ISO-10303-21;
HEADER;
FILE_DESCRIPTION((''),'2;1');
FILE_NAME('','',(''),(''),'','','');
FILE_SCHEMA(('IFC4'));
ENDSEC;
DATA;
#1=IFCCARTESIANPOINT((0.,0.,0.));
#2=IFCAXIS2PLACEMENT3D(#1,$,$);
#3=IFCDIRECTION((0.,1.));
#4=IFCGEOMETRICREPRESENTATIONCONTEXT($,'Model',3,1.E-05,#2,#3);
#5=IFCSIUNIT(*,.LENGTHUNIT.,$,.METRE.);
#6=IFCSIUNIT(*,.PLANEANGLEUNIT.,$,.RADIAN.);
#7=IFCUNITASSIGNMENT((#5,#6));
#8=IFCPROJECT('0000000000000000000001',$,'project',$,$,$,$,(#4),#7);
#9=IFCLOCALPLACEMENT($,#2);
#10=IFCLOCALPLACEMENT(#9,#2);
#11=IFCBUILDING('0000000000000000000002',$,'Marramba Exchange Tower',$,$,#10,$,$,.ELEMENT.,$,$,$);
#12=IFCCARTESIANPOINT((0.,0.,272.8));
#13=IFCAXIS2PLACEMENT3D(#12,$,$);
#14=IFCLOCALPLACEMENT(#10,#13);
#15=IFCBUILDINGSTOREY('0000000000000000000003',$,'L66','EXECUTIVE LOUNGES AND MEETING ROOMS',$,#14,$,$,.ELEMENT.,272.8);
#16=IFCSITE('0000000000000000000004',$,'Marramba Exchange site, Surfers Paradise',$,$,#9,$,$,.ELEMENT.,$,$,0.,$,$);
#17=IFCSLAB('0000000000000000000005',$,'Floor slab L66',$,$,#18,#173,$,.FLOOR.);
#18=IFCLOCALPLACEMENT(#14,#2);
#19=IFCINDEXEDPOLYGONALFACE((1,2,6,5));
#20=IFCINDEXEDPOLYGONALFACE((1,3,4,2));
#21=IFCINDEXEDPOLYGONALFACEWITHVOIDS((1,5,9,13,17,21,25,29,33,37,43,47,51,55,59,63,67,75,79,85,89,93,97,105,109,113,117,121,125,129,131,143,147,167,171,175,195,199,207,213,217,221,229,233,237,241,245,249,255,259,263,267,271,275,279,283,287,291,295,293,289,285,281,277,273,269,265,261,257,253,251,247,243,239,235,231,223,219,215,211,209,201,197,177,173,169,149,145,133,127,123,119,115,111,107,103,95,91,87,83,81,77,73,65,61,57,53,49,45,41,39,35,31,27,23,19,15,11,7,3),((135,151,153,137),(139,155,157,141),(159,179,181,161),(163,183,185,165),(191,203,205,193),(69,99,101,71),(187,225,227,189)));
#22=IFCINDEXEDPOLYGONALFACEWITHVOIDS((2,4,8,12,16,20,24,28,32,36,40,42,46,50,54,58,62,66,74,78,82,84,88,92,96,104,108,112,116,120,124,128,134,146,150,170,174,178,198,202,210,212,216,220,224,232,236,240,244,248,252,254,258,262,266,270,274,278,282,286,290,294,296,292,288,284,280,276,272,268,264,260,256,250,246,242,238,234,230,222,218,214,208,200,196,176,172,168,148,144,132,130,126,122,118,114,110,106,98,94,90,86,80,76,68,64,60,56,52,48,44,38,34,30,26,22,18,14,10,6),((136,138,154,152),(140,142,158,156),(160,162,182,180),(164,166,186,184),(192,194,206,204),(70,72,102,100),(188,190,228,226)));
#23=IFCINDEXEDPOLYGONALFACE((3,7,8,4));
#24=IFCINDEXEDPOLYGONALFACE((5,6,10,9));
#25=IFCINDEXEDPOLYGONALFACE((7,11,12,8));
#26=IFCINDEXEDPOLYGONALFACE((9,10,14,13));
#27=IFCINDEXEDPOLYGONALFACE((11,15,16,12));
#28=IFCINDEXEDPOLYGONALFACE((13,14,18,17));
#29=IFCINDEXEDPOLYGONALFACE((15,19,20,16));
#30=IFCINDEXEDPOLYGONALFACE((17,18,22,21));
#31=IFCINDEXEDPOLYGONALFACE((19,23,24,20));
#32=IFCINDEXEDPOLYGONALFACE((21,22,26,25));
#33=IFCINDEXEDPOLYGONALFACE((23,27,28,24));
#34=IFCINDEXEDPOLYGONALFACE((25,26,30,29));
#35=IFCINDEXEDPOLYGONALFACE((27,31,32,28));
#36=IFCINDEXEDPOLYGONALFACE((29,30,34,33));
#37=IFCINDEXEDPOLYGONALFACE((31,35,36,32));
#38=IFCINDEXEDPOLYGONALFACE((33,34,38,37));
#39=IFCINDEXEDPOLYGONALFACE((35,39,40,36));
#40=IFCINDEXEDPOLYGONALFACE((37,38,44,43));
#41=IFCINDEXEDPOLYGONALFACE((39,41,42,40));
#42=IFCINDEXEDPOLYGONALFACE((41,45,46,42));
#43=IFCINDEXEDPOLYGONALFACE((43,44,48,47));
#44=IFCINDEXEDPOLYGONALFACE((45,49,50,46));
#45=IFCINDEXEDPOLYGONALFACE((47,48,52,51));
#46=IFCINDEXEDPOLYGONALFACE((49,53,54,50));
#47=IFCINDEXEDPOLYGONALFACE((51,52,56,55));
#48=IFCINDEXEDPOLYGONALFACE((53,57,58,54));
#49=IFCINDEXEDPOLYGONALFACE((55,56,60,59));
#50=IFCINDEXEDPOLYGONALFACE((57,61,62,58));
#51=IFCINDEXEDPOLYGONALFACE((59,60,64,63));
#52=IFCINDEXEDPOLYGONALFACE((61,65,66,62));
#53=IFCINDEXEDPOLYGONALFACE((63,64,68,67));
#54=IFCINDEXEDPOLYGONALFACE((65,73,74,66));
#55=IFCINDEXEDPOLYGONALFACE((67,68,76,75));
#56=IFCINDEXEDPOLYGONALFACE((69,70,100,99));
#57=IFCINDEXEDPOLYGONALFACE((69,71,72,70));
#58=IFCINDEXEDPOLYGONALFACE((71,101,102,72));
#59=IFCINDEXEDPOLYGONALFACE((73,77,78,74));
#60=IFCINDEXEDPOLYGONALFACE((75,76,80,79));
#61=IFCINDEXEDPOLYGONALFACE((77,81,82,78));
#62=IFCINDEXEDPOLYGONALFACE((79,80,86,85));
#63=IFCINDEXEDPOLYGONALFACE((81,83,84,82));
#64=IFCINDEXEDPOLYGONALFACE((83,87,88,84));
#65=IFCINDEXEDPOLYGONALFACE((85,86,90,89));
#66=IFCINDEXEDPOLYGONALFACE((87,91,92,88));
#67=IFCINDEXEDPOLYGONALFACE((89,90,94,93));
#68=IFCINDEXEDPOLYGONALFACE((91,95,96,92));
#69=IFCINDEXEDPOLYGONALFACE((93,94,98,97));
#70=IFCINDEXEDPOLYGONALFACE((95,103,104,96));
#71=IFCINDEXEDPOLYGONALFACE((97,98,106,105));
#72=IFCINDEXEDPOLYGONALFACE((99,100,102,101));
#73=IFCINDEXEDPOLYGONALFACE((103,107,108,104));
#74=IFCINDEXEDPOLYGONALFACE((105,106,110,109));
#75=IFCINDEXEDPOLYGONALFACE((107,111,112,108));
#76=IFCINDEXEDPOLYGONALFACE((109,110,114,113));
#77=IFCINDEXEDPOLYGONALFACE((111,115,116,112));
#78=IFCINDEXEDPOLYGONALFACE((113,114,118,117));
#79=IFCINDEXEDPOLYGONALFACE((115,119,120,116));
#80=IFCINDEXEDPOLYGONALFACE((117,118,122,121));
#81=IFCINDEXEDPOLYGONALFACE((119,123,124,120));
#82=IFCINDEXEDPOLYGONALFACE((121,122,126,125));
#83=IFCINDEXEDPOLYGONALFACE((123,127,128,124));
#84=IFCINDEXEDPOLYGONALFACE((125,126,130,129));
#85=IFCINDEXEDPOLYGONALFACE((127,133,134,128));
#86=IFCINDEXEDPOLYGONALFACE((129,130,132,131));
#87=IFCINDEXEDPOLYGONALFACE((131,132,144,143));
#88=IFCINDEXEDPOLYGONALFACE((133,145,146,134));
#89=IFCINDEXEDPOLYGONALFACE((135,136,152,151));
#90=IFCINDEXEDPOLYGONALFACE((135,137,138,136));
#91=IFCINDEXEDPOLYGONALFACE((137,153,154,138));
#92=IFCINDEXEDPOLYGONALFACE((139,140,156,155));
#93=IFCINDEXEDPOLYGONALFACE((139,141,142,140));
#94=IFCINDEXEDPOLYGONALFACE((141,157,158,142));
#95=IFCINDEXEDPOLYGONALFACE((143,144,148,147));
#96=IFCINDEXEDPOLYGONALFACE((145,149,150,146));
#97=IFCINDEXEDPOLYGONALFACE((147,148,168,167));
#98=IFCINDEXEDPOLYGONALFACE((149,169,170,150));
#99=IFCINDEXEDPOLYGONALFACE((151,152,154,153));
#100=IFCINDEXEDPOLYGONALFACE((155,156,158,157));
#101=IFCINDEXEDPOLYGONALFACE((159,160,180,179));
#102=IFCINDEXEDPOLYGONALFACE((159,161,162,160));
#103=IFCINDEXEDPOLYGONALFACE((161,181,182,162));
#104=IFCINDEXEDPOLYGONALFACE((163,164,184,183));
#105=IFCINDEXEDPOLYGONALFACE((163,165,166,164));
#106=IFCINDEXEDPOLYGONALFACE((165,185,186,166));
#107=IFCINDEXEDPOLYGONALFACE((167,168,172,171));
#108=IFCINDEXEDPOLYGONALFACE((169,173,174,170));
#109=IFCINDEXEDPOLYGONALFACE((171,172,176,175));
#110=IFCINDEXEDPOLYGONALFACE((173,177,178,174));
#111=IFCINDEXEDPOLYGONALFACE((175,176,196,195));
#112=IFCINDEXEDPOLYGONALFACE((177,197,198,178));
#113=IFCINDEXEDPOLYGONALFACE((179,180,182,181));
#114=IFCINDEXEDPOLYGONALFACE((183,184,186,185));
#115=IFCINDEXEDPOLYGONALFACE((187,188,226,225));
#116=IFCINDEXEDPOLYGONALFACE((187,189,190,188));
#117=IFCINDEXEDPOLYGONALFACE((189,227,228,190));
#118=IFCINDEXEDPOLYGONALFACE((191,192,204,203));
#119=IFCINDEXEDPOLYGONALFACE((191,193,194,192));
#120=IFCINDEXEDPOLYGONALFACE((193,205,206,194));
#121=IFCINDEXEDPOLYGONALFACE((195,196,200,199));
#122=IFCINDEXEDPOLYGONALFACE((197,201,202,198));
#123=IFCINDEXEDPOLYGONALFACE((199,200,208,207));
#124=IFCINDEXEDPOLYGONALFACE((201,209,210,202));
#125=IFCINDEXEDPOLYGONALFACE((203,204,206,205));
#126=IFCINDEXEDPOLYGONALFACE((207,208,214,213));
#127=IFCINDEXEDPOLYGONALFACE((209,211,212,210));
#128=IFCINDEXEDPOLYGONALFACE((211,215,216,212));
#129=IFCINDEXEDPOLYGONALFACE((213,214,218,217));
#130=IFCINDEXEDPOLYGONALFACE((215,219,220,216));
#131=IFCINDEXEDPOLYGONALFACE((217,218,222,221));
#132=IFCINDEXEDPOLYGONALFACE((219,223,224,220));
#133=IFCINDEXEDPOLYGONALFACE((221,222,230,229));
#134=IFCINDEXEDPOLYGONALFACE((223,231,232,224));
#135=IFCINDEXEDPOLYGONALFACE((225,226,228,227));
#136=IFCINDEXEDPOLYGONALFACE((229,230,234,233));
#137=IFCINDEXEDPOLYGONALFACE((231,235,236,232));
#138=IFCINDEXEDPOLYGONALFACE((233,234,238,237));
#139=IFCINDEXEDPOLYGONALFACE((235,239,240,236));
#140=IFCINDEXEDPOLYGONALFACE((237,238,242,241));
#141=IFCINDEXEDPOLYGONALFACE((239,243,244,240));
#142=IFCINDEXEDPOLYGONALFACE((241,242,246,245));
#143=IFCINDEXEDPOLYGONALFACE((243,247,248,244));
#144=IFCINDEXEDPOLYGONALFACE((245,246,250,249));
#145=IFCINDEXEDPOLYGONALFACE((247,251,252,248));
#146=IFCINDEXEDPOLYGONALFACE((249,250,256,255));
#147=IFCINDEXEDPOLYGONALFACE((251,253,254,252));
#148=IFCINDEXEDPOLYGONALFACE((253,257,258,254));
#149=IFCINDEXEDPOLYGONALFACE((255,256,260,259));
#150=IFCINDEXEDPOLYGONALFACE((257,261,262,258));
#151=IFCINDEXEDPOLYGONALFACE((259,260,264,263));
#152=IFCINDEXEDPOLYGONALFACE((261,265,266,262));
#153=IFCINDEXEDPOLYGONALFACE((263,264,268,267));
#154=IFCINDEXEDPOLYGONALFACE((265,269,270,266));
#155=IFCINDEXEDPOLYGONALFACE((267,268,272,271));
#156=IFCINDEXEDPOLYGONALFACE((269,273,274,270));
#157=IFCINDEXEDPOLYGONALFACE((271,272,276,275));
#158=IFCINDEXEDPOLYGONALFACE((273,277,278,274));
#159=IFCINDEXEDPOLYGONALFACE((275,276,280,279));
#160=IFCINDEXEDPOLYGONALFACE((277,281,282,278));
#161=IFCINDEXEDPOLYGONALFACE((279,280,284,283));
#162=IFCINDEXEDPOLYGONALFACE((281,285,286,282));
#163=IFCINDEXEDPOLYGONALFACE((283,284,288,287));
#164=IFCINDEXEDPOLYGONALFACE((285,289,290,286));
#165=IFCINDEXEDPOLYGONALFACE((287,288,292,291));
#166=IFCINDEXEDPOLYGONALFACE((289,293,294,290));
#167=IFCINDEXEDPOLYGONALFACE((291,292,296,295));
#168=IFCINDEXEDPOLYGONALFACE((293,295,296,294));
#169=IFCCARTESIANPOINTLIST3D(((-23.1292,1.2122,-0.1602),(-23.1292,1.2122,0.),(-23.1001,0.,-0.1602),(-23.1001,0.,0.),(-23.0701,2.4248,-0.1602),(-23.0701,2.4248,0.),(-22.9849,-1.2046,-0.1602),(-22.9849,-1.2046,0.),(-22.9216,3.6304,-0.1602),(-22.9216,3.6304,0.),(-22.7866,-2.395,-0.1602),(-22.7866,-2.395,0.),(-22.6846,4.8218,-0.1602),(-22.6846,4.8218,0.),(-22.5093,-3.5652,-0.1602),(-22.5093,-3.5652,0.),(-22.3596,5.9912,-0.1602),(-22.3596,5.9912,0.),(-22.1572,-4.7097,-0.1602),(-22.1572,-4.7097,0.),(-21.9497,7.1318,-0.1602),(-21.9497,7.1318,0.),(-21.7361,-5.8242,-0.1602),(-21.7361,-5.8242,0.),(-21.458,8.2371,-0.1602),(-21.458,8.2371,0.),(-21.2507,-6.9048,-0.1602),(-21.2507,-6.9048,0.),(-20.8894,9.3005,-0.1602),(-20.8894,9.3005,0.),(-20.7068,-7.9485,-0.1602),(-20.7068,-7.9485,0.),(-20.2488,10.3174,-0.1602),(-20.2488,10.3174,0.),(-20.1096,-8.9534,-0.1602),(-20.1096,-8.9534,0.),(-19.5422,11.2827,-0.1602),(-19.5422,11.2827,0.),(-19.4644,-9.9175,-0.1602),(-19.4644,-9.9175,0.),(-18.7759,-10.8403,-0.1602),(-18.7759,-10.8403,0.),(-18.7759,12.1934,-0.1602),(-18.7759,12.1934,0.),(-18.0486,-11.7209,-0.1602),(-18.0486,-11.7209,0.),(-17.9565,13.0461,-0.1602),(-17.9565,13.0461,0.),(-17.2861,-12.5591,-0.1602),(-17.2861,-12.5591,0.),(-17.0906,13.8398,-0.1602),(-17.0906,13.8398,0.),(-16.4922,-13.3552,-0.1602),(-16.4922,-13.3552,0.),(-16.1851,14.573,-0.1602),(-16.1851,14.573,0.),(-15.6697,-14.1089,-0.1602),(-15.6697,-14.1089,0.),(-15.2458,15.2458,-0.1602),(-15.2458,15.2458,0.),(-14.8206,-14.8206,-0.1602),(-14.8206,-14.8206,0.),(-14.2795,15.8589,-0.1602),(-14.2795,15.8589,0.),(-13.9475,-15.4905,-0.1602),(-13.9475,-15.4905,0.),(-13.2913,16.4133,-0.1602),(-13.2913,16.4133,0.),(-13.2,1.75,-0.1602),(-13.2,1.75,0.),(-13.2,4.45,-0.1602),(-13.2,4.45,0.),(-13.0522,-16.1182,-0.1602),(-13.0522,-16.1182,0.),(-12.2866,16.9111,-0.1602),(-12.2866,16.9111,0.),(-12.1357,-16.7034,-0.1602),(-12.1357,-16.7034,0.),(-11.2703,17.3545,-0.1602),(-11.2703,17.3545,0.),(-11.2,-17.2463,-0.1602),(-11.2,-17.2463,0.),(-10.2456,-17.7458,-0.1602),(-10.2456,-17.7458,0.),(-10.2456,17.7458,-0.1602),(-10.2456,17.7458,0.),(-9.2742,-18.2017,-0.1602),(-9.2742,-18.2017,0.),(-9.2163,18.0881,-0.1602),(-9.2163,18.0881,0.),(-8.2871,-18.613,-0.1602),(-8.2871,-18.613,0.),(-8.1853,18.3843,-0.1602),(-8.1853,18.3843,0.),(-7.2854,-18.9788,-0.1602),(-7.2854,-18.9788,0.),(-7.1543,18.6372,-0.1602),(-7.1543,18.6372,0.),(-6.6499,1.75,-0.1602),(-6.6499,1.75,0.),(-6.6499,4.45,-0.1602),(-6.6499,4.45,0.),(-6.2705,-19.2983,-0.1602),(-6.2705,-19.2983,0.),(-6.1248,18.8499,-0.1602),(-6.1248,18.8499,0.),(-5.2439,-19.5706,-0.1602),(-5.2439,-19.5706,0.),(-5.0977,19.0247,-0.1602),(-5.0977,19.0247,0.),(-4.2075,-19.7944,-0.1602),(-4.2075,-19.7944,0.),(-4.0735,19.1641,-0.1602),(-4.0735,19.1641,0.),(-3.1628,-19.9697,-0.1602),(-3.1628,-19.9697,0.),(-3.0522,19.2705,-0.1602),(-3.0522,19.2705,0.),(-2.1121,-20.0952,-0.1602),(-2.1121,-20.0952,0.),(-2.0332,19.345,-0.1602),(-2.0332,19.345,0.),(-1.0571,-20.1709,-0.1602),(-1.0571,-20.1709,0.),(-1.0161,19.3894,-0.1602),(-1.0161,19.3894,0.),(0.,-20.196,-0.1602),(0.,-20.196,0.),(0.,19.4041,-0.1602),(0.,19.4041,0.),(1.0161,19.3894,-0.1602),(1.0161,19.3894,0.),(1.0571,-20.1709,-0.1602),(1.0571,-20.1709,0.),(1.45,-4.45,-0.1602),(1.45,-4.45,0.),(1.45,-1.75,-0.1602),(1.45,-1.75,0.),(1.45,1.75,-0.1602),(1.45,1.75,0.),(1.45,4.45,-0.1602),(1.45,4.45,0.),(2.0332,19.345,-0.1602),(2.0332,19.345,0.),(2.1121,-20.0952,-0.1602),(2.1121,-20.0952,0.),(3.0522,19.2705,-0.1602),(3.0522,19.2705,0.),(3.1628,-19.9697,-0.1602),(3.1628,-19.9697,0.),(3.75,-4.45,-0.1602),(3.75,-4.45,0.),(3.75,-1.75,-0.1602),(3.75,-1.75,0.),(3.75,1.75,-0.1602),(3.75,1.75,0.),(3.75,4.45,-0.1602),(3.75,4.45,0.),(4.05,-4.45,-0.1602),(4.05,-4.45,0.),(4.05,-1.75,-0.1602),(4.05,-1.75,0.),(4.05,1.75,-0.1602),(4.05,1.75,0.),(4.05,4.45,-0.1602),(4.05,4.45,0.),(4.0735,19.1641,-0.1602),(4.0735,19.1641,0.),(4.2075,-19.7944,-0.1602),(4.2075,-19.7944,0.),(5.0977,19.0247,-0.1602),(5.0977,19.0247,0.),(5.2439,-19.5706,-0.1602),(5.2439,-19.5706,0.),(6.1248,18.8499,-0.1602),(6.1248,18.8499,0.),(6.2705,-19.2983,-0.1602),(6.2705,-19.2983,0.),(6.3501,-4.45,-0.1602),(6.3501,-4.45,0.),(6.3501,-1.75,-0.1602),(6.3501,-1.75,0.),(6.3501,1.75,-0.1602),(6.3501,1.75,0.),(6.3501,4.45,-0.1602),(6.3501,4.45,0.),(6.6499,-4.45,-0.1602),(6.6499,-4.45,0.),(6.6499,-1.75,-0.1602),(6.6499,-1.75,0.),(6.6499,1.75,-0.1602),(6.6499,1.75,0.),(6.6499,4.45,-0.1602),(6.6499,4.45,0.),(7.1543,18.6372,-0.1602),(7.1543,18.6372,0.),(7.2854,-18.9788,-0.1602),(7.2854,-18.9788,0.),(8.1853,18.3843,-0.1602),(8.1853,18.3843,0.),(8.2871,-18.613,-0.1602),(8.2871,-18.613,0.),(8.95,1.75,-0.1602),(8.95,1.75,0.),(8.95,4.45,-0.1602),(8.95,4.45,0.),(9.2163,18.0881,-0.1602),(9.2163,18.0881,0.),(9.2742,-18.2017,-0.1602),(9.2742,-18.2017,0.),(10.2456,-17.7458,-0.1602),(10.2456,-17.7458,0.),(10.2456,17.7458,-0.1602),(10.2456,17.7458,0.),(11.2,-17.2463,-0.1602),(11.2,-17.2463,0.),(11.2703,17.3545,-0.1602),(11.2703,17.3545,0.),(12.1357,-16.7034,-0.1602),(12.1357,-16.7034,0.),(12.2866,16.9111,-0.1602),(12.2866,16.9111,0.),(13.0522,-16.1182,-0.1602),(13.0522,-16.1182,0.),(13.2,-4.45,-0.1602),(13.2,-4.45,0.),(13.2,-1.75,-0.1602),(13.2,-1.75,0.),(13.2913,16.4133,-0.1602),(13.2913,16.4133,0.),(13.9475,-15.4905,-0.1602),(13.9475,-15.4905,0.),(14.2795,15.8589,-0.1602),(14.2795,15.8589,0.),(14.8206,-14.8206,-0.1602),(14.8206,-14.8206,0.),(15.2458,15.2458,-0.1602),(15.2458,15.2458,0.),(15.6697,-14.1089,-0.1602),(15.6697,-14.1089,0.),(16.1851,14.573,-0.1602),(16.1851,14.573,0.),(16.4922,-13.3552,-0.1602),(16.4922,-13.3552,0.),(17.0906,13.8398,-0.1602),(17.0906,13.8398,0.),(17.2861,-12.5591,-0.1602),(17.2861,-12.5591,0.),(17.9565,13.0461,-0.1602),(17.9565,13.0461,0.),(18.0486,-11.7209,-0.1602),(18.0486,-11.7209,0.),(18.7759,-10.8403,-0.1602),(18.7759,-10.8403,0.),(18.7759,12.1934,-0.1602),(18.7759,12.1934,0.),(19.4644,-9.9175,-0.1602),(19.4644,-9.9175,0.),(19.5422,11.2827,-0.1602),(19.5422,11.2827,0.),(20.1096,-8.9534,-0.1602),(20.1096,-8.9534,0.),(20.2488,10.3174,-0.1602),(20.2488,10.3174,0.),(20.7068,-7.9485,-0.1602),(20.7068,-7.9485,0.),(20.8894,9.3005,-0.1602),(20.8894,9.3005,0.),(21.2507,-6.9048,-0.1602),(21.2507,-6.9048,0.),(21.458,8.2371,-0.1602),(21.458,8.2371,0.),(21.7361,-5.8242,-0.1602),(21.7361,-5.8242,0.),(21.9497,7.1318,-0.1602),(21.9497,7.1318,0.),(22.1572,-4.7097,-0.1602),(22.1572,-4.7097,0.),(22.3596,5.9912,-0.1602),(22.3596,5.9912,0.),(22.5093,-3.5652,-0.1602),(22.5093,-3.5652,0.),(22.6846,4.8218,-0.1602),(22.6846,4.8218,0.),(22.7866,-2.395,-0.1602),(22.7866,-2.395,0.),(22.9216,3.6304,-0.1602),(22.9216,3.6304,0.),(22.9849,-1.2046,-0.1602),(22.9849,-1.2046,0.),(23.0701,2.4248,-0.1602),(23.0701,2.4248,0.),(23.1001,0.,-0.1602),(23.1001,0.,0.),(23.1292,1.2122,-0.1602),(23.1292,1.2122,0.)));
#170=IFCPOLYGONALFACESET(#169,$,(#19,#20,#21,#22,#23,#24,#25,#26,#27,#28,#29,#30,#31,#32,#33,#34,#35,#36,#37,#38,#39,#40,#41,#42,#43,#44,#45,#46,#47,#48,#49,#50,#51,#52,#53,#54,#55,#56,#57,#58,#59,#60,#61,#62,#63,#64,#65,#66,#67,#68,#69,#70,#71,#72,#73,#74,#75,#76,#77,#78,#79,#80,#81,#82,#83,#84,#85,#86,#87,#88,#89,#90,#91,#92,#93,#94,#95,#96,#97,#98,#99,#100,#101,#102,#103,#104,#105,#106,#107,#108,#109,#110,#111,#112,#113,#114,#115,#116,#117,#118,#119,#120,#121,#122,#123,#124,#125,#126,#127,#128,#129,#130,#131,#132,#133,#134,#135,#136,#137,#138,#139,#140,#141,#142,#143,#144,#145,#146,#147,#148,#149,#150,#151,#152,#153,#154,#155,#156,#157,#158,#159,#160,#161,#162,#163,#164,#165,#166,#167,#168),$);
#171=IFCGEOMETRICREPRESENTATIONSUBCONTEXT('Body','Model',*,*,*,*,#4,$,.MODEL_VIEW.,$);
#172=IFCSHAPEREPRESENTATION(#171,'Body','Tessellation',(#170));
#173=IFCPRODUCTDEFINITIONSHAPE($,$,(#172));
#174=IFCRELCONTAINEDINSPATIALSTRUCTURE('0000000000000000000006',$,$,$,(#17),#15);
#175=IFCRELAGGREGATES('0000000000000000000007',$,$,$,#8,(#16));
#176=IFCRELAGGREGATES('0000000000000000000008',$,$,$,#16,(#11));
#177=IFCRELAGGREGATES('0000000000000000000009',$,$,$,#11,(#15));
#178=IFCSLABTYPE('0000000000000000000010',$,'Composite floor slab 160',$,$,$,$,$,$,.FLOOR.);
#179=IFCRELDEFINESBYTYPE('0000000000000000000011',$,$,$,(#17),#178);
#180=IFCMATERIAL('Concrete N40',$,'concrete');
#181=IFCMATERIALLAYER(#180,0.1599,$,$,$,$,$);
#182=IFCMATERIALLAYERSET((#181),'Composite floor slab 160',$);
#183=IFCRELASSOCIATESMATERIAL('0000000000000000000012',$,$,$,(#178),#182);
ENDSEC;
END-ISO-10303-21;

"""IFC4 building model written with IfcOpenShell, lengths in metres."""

from ifc_helpers import new_model, si_unit, direction, frame, origin, place, context, subcontext, project, spatial, polyline, outline, extrude, material, layer, layer_set, type_object, element, save


model = new_model("IFC4")

# Units and contexts
model_context = context("Model", 3, precision=1e-05, world=origin(), true_north=direction((0.0, 1.0)))
body_context = subcontext(model_context, "Body", "Model", "MODEL_VIEW")
ifc_project = project(units=[si_unit("LENGTHUNIT", "METRE"), si_unit("PLANEANGLEUNIT", "RADIAN")], contexts=[model_context])

# Site, building, storey
site_placement = place(None, origin())
site = spatial("IfcSite", under=ifc_project, at=site_placement, Name="Marramba Exchange site, Surfers Paradise", CompositionType="ELEMENT", RefElevation=0.0)
building_placement = place(site_placement, origin())
building = spatial("IfcBuilding", under=site, at=building_placement, Name="Marramba Exchange Tower", CompositionType="ELEMENT")
storey_placement = place(building_placement, frame((0.0, 0.0, 272.8)))
storey = spatial("IfcBuildingStorey", under=building, at=storey_placement, Name="L66", Description="EXECUTIVE LOUNGES AND MEETING ROOMS", CompositionType="ELEMENT", Elevation=272.8)

# Slab
ifc_material_1 = material(Name="Concrete N40", Category="concrete")
ifc_layer_1 = layer(ifc_material_1, 0.1599)
ifc_layer_set_1 = layer_set([ifc_layer_1], Name="Composite floor slab 160")
slab_type = type_object("IfcSlabType", Name="Composite floor slab 160", PredefinedType="FLOOR", material=ifc_layer_set_1)
slab_placement = place(storey_placement, frame((0.0, 0.0, -0.1602)))
element("IfcSlab", 1, at=slab_placement, inside=storey, type_object=slab_type, Name="Floor slab L66", PredefinedType="FLOOR", context=body_context, shape_type="SweptSolid", body=[
    extrude(outline(polyline([(23.1001, 0.0), (23.1292, 1.2122), (23.0701, 2.4248), (22.9216, 3.6304), (22.6846, 4.8218), (22.3596, 5.9912), (21.9497, 7.1318), (21.458, 8.2371), (20.8894, 9.3005), (20.2488, 10.3174), (19.5422, 11.2827), (18.7759, 12.1934), (17.9565, 13.0461), (17.0906, 13.8398), (16.1851, 14.573), (15.2458, 15.2458), (14.2795, 15.8589), (13.2913, 16.4133), (12.2866, 16.9111), (11.2703, 17.3545), (10.2456, 17.7458), (9.2163, 18.0881), (8.1853, 18.3843), (7.1543, 18.6372), (6.1248, 18.8499), (5.0977, 19.0247), (4.0735, 19.1641), (3.0522, 19.2705), (2.0332, 19.345), (1.0161, 19.3894), (0.0, 19.4041), (-1.0161, 19.3894), (-2.0332, 19.345), (-3.0522, 19.2705), (-4.0735, 19.1641), (-5.0977, 19.0247), (-6.1248, 18.8499), (-7.1543, 18.6372), (-8.1853, 18.3843), (-9.2163, 18.0881), (-10.2456, 17.7458), (-11.2703, 17.3545), (-12.2866, 16.9111), (-13.2913, 16.4133), (-14.2795, 15.8589), (-15.2458, 15.2458), (-16.1851, 14.573), (-17.0906, 13.8398), (-17.9565, 13.0461), (-18.7759, 12.1934), (-19.5422, 11.2827), (-20.2488, 10.3174), (-20.8894, 9.3005), (-21.458, 8.2371), (-21.9497, 7.1318), (-22.3596, 5.9912), (-22.6846, 4.8218), (-22.9216, 3.6304), (-23.0701, 2.4248), (-23.1292, 1.2122), (-23.1001, 0.0), (-22.9849, -1.2046), (-22.7866, -2.395), (-22.5093, -3.5652), (-22.1572, -4.7097), (-21.7361, -5.8242), (-21.2507, -6.9048), (-20.7068, -7.9485), (-20.1096, -8.9534), (-19.4644, -9.9175), (-18.7759, -10.8403), (-18.0486, -11.7209), (-17.2861, -12.5591), (-16.4922, -13.3552), (-15.6697, -14.1089), (-14.8206, -14.8206), (-13.9475, -15.4905), (-13.0522, -16.1182), (-12.1357, -16.7034), (-11.2, -17.2463), (-10.2456, -17.7458), (-9.2742, -18.2017), (-8.2871, -18.613), (-7.2854, -18.9788), (-6.2705, -19.2983), (-5.2439, -19.5706), (-4.2075, -19.7944), (-3.1628, -19.9697), (-2.1121, -20.0952), (-1.0571, -20.1709), (0.0, -20.196), (1.0571, -20.1709), (2.1121, -20.0952), (3.1628, -19.9697), (4.2075, -19.7944), (5.2439, -19.5706), (6.2705, -19.2983), (7.2854, -18.9788), (8.2871, -18.613), (9.2742, -18.2017), (10.2456, -17.7458), (11.2, -17.2463), (12.1357, -16.7034), (13.0522, -16.1182), (13.9475, -15.4905), (14.8206, -14.8206), (15.6697, -14.1089), (16.4922, -13.3552), (17.2861, -12.5591), (18.0486, -11.7209), (18.7759, -10.8403), (19.4644, -9.9175), (20.1096, -8.9534), (20.7068, -7.9485), (21.2507, -6.9048), (21.7361, -5.8242), (22.1572, -4.7097), (22.5093, -3.5652), (22.7866, -2.395), (22.9849, -1.2046), (23.1001, 0.0)]), holes=[polyline([(1.45, 1.75), (3.75, 1.75), (3.75, 4.45), (1.45, 4.45), (1.45, 1.75)]), polyline([(4.05, 1.75), (6.3501, 1.75), (6.3501, 4.45), (4.05, 4.45), (4.05, 1.75)]), polyline([(1.45, -4.45), (3.75, -4.45), (3.75, -1.75), (1.45, -1.75), (1.45, -4.45)]), polyline([(4.05, -4.45), (6.3501, -4.45), (6.3501, -1.75), (4.05, -1.75), (4.05, -4.45)]), polyline([(6.6499, 1.75), (8.95, 1.75), (8.95, 4.45), (6.6499, 4.45), (6.6499, 1.75)]), polyline([(-13.2, 1.75), (-6.6499, 1.75), (-6.6499, 4.45), (-13.2, 4.45), (-13.2, 1.75)]), polyline([(6.6499, -4.45), (13.2, -4.45), (13.2, -1.75), (6.6499, -1.75), (6.6499, -4.45)])]), origin(), (0.0, 0.0, 1.0), 0.1602),
])

save(model, "model.ifc")
